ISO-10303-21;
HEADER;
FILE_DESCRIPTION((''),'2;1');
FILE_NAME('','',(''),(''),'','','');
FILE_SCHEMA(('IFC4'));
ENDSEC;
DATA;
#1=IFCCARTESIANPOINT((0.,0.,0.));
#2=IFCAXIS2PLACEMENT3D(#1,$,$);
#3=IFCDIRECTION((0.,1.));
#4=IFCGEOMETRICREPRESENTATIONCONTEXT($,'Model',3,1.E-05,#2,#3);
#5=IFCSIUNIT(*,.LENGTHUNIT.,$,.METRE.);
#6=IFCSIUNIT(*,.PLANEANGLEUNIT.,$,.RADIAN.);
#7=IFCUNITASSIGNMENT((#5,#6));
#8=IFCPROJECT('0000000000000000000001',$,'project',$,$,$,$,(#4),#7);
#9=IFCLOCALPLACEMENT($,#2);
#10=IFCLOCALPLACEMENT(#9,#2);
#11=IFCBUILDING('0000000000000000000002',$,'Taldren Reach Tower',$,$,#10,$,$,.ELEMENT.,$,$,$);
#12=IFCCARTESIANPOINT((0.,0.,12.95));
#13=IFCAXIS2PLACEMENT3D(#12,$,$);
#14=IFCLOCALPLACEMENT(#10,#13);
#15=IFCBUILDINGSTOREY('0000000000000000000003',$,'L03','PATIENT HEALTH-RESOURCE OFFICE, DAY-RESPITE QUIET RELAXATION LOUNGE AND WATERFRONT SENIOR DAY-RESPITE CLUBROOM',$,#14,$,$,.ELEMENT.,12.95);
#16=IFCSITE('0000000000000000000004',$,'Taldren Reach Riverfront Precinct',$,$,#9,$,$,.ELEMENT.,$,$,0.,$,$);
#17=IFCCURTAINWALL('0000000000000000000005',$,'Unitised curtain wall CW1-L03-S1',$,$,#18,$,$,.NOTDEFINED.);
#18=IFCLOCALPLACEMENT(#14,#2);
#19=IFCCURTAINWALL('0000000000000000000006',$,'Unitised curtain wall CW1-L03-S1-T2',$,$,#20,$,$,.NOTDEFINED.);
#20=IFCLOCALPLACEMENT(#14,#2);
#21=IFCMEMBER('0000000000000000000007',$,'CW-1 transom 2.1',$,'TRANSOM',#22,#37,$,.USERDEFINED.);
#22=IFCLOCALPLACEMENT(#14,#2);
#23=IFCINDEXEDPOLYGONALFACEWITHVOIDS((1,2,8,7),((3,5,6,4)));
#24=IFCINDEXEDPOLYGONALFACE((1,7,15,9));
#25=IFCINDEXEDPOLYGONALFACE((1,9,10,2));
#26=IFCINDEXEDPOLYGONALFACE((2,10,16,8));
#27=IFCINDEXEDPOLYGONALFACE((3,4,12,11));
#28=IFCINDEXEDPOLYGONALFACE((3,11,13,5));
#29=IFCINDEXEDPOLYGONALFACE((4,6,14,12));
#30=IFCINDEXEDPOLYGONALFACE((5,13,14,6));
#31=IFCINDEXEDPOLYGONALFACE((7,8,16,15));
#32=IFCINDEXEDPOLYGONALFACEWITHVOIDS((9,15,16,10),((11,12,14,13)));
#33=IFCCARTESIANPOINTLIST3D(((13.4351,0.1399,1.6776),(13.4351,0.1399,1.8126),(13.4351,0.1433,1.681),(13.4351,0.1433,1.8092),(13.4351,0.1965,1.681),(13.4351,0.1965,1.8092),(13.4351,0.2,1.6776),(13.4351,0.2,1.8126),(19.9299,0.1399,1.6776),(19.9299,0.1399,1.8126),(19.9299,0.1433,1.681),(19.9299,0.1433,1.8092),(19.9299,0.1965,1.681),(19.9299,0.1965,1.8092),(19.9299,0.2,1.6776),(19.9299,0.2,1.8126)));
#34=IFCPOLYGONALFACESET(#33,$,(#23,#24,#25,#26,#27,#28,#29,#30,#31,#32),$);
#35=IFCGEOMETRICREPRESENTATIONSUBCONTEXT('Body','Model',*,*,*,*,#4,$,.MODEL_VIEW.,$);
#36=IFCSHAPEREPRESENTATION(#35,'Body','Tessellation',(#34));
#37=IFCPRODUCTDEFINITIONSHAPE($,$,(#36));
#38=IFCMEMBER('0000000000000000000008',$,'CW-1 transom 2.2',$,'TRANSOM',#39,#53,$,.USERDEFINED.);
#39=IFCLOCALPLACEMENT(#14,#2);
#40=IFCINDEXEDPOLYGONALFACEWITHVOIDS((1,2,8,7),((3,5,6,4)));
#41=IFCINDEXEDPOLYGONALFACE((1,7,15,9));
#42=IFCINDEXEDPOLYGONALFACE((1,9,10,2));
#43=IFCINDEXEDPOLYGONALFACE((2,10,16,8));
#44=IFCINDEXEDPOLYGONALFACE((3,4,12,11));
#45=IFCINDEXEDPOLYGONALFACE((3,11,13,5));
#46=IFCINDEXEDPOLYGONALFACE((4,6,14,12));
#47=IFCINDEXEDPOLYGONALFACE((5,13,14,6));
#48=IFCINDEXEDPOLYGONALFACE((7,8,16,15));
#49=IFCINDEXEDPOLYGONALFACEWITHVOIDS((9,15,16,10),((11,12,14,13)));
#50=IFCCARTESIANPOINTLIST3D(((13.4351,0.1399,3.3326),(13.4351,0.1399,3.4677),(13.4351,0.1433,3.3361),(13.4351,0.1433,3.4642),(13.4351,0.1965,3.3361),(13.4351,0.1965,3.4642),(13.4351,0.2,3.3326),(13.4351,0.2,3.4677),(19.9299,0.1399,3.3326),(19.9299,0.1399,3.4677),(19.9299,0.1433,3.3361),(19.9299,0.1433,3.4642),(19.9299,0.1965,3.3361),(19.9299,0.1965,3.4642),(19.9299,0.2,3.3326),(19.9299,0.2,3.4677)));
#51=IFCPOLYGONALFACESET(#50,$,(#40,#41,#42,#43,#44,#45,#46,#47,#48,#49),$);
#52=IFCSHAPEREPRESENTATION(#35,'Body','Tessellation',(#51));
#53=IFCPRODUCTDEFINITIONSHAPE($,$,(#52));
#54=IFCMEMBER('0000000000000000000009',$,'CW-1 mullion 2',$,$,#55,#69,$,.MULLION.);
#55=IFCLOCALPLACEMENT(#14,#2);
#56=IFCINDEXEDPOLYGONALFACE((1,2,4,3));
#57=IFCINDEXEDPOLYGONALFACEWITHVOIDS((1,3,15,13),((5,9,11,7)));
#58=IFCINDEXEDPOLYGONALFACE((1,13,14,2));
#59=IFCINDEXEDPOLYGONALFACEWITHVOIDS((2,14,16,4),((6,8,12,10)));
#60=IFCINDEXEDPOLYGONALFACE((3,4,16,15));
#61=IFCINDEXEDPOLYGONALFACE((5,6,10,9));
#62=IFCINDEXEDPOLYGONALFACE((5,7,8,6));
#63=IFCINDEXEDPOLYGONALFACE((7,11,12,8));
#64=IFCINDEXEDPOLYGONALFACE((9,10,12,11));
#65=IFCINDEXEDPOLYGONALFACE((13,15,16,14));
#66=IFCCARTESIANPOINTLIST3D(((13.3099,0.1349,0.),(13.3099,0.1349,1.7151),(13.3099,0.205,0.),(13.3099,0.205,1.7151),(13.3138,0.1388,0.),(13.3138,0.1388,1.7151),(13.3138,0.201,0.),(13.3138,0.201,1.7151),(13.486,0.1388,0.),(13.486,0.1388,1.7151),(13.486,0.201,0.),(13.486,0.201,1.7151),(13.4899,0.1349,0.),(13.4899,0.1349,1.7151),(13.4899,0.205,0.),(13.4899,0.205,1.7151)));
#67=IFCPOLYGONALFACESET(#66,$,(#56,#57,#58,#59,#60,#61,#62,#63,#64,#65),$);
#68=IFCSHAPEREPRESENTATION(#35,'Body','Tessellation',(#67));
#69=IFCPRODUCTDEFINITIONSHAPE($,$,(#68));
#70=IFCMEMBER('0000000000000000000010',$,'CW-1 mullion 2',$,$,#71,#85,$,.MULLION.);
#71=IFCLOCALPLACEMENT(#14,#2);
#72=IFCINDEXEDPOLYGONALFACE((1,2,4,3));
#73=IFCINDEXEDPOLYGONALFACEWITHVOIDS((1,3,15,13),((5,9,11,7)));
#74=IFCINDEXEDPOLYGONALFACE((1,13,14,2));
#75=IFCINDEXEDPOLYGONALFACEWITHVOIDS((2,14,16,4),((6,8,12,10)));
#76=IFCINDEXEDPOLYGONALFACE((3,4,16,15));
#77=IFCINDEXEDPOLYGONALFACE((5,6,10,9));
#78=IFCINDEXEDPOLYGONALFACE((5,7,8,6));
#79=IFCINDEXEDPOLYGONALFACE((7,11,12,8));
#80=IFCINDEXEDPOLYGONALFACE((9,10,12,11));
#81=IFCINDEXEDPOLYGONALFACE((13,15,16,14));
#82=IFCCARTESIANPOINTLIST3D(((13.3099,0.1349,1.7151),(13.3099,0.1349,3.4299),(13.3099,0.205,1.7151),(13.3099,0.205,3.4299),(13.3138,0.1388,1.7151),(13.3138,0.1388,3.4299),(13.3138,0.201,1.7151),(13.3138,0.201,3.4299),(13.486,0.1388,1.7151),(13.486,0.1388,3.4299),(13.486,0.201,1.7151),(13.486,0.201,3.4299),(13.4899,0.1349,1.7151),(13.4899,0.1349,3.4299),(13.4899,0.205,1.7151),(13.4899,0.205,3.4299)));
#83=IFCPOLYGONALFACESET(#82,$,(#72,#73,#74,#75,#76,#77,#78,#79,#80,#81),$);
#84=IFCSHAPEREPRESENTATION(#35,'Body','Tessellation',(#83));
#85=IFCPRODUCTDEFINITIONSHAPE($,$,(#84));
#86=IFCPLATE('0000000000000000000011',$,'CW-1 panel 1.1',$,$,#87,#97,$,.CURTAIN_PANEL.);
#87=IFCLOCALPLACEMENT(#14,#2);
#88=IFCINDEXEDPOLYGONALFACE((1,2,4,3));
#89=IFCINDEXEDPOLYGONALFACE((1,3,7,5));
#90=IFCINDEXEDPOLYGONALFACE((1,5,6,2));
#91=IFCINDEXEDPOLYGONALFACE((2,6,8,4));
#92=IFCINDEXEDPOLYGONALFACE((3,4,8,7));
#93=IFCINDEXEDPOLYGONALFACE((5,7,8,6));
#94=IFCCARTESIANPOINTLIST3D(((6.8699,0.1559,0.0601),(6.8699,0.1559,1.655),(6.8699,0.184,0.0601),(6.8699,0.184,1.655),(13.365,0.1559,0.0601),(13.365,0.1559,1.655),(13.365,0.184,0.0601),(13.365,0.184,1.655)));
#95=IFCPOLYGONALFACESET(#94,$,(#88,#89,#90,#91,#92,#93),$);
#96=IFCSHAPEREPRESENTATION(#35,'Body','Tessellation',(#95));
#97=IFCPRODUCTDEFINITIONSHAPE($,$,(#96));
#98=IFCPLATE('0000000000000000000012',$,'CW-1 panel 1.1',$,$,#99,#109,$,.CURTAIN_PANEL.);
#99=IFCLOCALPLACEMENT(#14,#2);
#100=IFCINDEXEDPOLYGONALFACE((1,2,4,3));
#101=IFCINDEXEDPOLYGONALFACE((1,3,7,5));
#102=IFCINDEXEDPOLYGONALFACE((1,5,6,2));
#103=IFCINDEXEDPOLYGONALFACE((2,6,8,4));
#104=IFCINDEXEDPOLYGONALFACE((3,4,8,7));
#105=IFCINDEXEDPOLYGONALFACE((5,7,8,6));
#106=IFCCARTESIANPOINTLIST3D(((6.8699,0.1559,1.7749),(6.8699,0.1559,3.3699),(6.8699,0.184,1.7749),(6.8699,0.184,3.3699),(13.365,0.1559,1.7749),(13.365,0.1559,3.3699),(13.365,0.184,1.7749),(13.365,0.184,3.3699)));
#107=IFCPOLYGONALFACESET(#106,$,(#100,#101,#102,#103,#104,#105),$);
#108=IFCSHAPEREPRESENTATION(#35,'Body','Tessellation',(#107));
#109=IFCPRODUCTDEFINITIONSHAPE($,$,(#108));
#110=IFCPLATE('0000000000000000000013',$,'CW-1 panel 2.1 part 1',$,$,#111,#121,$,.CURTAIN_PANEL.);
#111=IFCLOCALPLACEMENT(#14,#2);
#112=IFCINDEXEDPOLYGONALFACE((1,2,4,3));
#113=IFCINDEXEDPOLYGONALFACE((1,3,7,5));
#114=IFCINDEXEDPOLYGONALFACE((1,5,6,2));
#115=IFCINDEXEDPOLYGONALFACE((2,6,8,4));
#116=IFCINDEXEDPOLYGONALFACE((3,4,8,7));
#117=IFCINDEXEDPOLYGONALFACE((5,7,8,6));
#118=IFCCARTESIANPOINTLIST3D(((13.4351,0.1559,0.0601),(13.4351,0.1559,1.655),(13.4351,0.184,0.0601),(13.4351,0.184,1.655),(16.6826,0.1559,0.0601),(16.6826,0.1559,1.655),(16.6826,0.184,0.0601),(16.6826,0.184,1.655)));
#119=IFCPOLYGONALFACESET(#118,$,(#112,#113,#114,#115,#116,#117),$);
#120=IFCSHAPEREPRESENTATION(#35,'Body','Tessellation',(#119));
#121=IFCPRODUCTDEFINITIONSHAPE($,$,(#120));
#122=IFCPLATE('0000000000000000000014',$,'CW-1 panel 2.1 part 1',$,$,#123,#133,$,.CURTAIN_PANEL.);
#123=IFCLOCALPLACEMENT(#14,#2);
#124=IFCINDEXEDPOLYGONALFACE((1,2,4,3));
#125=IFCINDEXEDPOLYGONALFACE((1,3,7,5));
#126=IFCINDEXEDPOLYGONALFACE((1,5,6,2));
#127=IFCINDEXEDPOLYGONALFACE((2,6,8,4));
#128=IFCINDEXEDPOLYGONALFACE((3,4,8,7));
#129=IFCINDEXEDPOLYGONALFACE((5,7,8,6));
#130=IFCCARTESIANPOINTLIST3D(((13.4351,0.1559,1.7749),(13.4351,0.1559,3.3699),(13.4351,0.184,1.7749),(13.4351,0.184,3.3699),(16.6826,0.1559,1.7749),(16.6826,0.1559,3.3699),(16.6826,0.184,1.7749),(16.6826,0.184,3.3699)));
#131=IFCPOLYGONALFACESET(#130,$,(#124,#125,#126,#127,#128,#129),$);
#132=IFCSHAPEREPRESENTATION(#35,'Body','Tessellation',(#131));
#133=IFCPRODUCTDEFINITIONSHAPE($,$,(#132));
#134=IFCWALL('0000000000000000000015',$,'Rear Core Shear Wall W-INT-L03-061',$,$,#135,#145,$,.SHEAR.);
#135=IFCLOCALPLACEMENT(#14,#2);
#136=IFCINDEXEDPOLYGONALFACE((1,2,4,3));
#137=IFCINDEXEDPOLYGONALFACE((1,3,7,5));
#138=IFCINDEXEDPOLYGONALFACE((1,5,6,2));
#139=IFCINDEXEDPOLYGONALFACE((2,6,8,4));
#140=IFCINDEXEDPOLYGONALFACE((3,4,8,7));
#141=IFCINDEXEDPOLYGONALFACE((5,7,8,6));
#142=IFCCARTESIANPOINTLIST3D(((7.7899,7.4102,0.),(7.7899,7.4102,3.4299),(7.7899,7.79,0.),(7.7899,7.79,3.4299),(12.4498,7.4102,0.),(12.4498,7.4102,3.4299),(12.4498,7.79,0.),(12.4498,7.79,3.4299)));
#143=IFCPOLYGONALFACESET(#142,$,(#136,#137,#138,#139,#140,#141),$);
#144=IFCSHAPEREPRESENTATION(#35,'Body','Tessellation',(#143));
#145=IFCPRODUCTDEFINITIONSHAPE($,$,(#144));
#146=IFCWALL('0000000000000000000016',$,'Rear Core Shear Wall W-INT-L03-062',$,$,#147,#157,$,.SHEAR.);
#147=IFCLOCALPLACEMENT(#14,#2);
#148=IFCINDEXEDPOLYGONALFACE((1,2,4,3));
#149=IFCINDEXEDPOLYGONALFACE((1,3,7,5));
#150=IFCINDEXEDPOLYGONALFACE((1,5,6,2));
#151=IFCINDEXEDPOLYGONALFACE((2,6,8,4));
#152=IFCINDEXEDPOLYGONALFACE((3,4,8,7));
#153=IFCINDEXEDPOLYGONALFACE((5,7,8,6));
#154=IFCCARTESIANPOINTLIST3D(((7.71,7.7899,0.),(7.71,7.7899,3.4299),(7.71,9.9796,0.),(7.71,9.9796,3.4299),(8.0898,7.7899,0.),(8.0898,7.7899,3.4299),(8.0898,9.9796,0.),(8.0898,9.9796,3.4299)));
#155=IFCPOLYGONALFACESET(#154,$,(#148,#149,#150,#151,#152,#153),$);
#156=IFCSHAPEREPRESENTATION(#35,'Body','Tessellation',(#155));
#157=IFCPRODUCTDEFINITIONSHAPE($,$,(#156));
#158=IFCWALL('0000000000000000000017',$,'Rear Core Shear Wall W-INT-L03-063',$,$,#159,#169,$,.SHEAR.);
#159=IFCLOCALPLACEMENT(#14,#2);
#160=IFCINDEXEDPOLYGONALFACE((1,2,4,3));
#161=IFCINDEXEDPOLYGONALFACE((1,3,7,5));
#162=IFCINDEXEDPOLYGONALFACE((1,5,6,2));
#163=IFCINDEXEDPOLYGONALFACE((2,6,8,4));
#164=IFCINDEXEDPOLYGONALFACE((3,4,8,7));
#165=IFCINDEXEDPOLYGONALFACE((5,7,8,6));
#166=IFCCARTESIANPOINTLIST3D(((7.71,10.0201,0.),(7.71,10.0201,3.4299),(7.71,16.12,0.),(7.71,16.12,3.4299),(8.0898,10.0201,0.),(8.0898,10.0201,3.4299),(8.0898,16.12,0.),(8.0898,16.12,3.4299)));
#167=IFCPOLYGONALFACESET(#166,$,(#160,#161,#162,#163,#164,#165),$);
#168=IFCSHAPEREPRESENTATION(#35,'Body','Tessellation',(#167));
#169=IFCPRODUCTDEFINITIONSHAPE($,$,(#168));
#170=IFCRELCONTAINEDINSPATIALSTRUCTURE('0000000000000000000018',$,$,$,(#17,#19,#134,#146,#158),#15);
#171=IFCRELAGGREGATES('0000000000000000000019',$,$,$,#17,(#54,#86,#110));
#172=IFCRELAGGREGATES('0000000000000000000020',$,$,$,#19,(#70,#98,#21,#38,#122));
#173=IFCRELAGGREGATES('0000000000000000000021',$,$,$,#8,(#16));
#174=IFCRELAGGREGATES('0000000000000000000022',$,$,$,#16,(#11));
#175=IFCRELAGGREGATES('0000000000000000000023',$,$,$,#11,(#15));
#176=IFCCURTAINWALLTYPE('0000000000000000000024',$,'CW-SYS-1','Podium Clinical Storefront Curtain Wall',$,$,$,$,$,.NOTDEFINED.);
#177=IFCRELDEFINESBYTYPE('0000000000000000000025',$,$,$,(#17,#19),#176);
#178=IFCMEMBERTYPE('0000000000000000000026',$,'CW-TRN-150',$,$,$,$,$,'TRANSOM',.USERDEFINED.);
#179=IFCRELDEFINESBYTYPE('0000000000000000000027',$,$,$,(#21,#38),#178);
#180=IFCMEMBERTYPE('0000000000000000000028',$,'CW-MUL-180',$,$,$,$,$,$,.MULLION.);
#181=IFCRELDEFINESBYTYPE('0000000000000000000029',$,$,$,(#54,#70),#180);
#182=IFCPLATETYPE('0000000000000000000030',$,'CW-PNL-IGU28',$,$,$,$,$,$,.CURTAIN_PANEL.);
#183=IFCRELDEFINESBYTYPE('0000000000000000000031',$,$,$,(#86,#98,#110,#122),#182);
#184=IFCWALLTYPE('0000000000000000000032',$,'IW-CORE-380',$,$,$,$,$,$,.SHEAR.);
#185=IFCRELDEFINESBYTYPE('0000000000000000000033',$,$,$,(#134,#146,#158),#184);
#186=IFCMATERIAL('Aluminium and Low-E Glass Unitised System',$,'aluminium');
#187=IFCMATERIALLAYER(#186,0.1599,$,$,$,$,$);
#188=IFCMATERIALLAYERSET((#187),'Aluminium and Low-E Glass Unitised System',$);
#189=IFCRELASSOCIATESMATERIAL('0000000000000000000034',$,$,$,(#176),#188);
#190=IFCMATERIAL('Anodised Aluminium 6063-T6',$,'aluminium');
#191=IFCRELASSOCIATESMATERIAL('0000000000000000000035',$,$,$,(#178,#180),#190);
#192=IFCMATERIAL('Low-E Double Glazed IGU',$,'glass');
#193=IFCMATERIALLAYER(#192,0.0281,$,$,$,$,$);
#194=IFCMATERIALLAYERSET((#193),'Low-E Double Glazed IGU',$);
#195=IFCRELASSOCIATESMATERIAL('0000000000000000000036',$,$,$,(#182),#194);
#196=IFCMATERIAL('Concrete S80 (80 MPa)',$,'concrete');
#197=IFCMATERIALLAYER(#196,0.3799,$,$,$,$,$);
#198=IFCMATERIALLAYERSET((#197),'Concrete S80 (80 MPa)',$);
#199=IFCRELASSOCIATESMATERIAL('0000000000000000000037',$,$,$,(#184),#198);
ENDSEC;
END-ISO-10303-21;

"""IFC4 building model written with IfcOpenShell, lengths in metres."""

from ifc_helpers import new_model, si_unit, direction, frame, frame_2d, origin, origin_2d, place, context, subcontext, project, spatial, rectangle, hollow_rectangle, extrude, source, transform, mapped, material, layer, layer_set, material_profile, profile_set, type_object, element, aggregate, save


model = new_model("IFC4")

# Units and contexts
model_context = context("Model", 3, precision=1e-05, world=origin(), true_north=direction((0.0, 1.0)))
body_context = subcontext(model_context, "Body", "Model", "MODEL_VIEW")
ifc_project = project(units=[si_unit("LENGTHUNIT", "METRE"), si_unit("PLANEANGLEUNIT", "RADIAN")], contexts=[model_context])

# Site, building, storey
site_placement = place(None, origin())
site = spatial("IfcSite", under=ifc_project, at=site_placement, Name="Taldren Reach Riverfront Precinct", CompositionType="ELEMENT", RefElevation=0.0)
building_placement = place(site_placement, origin())
building = spatial("IfcBuilding", under=site, at=building_placement, Name="Taldren Reach Tower", CompositionType="ELEMENT")
storey_placement = place(building_placement, frame((0.0, 0.0, 12.95)))
storey = spatial("IfcBuildingStorey", under=building, at=storey_placement, Name="L03", Description="PATIENT HEALTH-RESOURCE OFFICE, DAY-RESPITE QUIET RELAXATION LOUNGE AND WATERFRONT SENIOR DAY-RESPITE CLUBROOM", CompositionType="ELEMENT", Elevation=12.95)

# Curtain walls, members
ifc_material_1 = material(Name="Aluminium and Low-E Glass Unitised System", Category="aluminium")
ifc_layer_1 = layer(ifc_material_1, 0.1599)
ifc_layer_set_1 = layer_set([ifc_layer_1], Name="Aluminium and Low-E Glass Unitised System")
curtain_wall_type = type_object("IfcCurtainWallType", Name="CW-SYS-1", Description="Podium Clinical Storefront Curtain Wall", PredefinedType="NOTDEFINED", material=ifc_layer_set_1)
curtain_wall_1_placement = place(storey_placement, origin())
curtain_wall_1 = element("IfcCurtainWall", 1, at=curtain_wall_1_placement, inside=storey, type_object=curtain_wall_type, Name="Unitised curtain wall CW1-L03-S1", PredefinedType="NOTDEFINED")
ifc_material_2 = material(Name="Anodised Aluminium 6063-T6", Category="aluminium")
ifc_material_profile_1 = material_profile(ifc_material_2, hollow_rectangle(XDim=0.0601, YDim=0.135, WallThickness=0.0034, at=origin_2d()), Name="ALU-135x60x3.5RHS")
ifc_profile_set_1 = profile_set([ifc_material_profile_1], Name="Anodised Aluminium 6063-T6")
member_type_1 = type_object("IfcMemberType", Name="CW-TRN-150", ElementType="TRANSOM", PredefinedType="USERDEFINED", material=ifc_profile_set_1)
shared_shape_1 = source(origin(), body_context, "Body", "SweptSolid", [
    extrude(hollow_rectangle(XDim=0.0601, YDim=0.135, WallThickness=0.0034, at=origin_2d()), origin(), (0.0, 0.0, 1.0), 6.4949),
])
curtain_wall_2_placement = place(storey_placement, origin())
curtain_wall_2 = element("IfcCurtainWall", 2, at=curtain_wall_2_placement, inside=storey, type_object=curtain_wall_type, Name="Unitised curtain wall CW1-L03-S1-T2", PredefinedType="NOTDEFINED")
member_1_placement = place(storey_placement, frame((13.4351, 0.1699, 1.7451), z_axis=(1.0, 0.0, 0.0), x_axis=(0.0, 1.0, 0.0)))
member_1 = element("IfcMember", 3, at=member_1_placement, type_object=member_type_1, Name="CW-1 transom 2.1", ObjectType="TRANSOM", PredefinedType="USERDEFINED", context=body_context, shape_type="MappedRepresentation", body=[
    mapped(shared_shape_1, transform((0.0, 0.0, 0.0), scale=1.0)),
])
member_2_placement = place(storey_placement, frame((13.4351, 0.1699, 3.4001), z_axis=(1.0, 0.0, 0.0), x_axis=(0.0, 1.0, 0.0)))
member_2 = element("IfcMember", 4, at=member_2_placement, type_object=member_type_1, Name="CW-1 transom 2.2", ObjectType="TRANSOM", PredefinedType="USERDEFINED", context=body_context, shape_type="MappedRepresentation", body=[
    mapped(shared_shape_1, transform((0.0, 0.0, 0.0), scale=1.0)),
])

# Members
ifc_material_profile_2 = material_profile(ifc_material_2, hollow_rectangle(XDim=0.0701, YDim=0.1799, WallThickness=0.0039, at=origin_2d()), Name="ALU-180x70x4RHS")
ifc_profile_set_2 = profile_set([ifc_material_profile_2], Name="Anodised Aluminium 6063-T6")
member_type_2 = type_object("IfcMemberType", Name="CW-MUL-180", PredefinedType="MULLION", material=ifc_profile_set_2)
shared_shape_2 = source(origin(), body_context, "Body", "SweptSolid", [
    extrude(hollow_rectangle(XDim=0.0701, YDim=0.1799, WallThickness=0.0039, at=origin_2d()), origin(), (0.0, 0.0, 1.0), 1.7151),
])
member_3_placement = place(storey_placement, frame((13.3999, 0.1699, 0.0), z_axis=(0.0, 0.0, 1.0), x_axis=(0.0, 1.0, 0.0)))
member_3 = element("IfcMember", 5, at=member_3_placement, type_object=member_type_2, Name="CW-1 mullion 2", PredefinedType="MULLION", context=body_context, shape_type="MappedRepresentation", body=[
    mapped(shared_shape_2, transform((0.0, 0.0, 0.0), scale=1.0)),
])
shared_shape_3 = source(origin(), body_context, "Body", "SweptSolid", [
    extrude(hollow_rectangle(XDim=0.0701, YDim=0.1799, WallThickness=0.0039, at=origin_2d()), origin(), (0.0, 0.0, 1.0), 1.7148),
])
member_4_placement = place(storey_placement, frame((13.3999, 0.1699, 1.7151), z_axis=(0.0, 0.0, 1.0), x_axis=(0.0, 1.0, 0.0)))
member_4 = element("IfcMember", 6, at=member_4_placement, type_object=member_type_2, Name="CW-1 mullion 2", PredefinedType="MULLION", context=body_context, shape_type="MappedRepresentation", body=[
    mapped(shared_shape_3, transform((0.0, 0.0, 0.0), scale=1.0)),
])

# Plates
ifc_material_3 = material(Name="Low-E Double Glazed IGU", Category="glass")
ifc_layer_2 = layer(ifc_material_3, 0.0281)
ifc_layer_set_2 = layer_set([ifc_layer_2], Name="Low-E Double Glazed IGU")
plate_type = type_object("IfcPlateType", Name="CW-PNL-IGU28", PredefinedType="CURTAIN_PANEL", material=ifc_layer_set_2)
shared_shape_4 = source(origin(), body_context, "Body", "SweptSolid", [
    extrude(rectangle(XDim=6.4951, YDim=0.0281, at=origin_2d()), origin(), (0.0, 0.0, 1.0), 1.595),
])
plate_1_placement = place(storey_placement, frame((10.1174, 0.1699, 0.0601), z_axis=(0.0, 0.0, 1.0), x_axis=(1.0, 0.0, 0.0)))
plate_1 = element("IfcPlate", 7, at=plate_1_placement, type_object=plate_type, Name="CW-1 panel 1.1", PredefinedType="CURTAIN_PANEL", context=body_context, shape_type="MappedRepresentation", body=[
    mapped(shared_shape_4, transform((0.0, 0.0, 0.0), scale=1.0)),
])
plate_2_placement = place(storey_placement, frame((10.1174, 0.1699, 1.7749), z_axis=(0.0, 0.0, 1.0), x_axis=(1.0, 0.0, 0.0)))
plate_2 = element("IfcPlate", 8, at=plate_2_placement, type_object=plate_type, Name="CW-1 panel 1.1", PredefinedType="CURTAIN_PANEL", context=body_context, shape_type="MappedRepresentation", body=[
    mapped(shared_shape_4, transform((0.0, 0.0, 0.0), scale=1.0)),
])
shared_shape_5 = source(origin(), body_context, "Body", "SweptSolid", [
    extrude(rectangle(XDim=3.2476, YDim=0.0281, at=origin_2d()), origin(), (0.0, 0.0, 1.0), 1.595),
])
plate_3_placement = place(storey_placement, frame((15.0588, 0.1699, 0.0601), z_axis=(0.0, 0.0, 1.0), x_axis=(1.0, 0.0, 0.0)))
plate_3 = element("IfcPlate", 9, at=plate_3_placement, type_object=plate_type, Name="CW-1 panel 2.1 part 1", PredefinedType="CURTAIN_PANEL", context=body_context, shape_type="MappedRepresentation", body=[
    mapped(shared_shape_5, transform((0.0, 0.0, 0.0), scale=1.0)),
])
aggregate(curtain_wall_1, [member_3, plate_1, plate_3])
plate_4_placement = place(storey_placement, frame((15.0588, 0.1699, 1.7749), z_axis=(0.0, 0.0, 1.0), x_axis=(1.0, 0.0, 0.0)))
plate_4 = element("IfcPlate", 10, at=plate_4_placement, type_object=plate_type, Name="CW-1 panel 2.1 part 1", PredefinedType="CURTAIN_PANEL", context=body_context, shape_type="MappedRepresentation", body=[
    mapped(shared_shape_5, transform((0.0, 0.0, 0.0), scale=1.0)),
])
aggregate(curtain_wall_2, [member_4, plate_2, member_1, member_2, plate_4])

# Walls
ifc_material_4 = material(Name="Concrete S80 (80 MPa)", Category="concrete")
ifc_layer_3 = layer(ifc_material_4, 0.3799)
ifc_layer_set_3 = layer_set([ifc_layer_3], Name="Concrete S80 (80 MPa)")
wall_type_1 = type_object("IfcWallType", Name="IW-CORE-380", PredefinedType="SHEAR", material=ifc_layer_set_3)
shared_shape_6 = source(origin(), body_context, "Body", "SweptSolid", [
    extrude(rectangle(XDim=4.6599, YDim=0.3799, at=frame_2d((2.3301, 0.0))), origin(), (0.0, 0.0, 1.0), 3.4299),
])
wall_1_placement = place(storey_placement, frame((12.45, 7.6001, 0.0), z_axis=(0.0, 0.0, 1.0), x_axis=(-1.0, 0.0, 0.0)))
element("IfcWall", 11, at=wall_1_placement, inside=storey, type_object=wall_type_1, Name="Rear Core Shear Wall W-INT-L03-061", PredefinedType="SHEAR", context=body_context, shape_type="MappedRepresentation", body=[
    mapped(shared_shape_6, transform((0.0, 0.0, 0.0), scale=1.0)),
])
shared_shape_7 = source(origin(), body_context, "Body", "SweptSolid", [
    extrude(rectangle(XDim=2.1897, YDim=0.3799, at=frame_2d((1.0947, 0.0))), origin(), (0.0, 0.0, 1.0), 3.4299),
])
wall_2_placement = place(storey_placement, frame((7.8999, 7.79, 0.0), z_axis=(0.0, 0.0, 1.0), x_axis=(0.0, 1.0, 0.0)))
element("IfcWall", 12, at=wall_2_placement, inside=storey, type_object=wall_type_1, Name="Rear Core Shear Wall W-INT-L03-062", PredefinedType="SHEAR", context=body_context, shape_type="MappedRepresentation", body=[
    mapped(shared_shape_7, transform((0.0, 0.0, 0.0), scale=1.0)),
])
shared_shape_8 = source(origin(), body_context, "Body", "SweptSolid", [
    extrude(rectangle(XDim=6.0999, YDim=0.3799, at=frame_2d((3.0498, 0.0))), origin(), (0.0, 0.0, 1.0), 3.4299),
])
wall_3_placement = place(storey_placement, frame((7.8999, 10.0203, 0.0), z_axis=(0.0, 0.0, 1.0), x_axis=(0.0, 1.0, 0.0)))
element("IfcWall", 13, at=wall_3_placement, inside=storey, type_object=wall_type_1, Name="Rear Core Shear Wall W-INT-L03-063", PredefinedType="SHEAR", context=body_context, shape_type="MappedRepresentation", body=[
    mapped(shared_shape_8, transform((0.0, 0.0, 0.0), scale=1.0)),
])

save(model, "model.ifc")
